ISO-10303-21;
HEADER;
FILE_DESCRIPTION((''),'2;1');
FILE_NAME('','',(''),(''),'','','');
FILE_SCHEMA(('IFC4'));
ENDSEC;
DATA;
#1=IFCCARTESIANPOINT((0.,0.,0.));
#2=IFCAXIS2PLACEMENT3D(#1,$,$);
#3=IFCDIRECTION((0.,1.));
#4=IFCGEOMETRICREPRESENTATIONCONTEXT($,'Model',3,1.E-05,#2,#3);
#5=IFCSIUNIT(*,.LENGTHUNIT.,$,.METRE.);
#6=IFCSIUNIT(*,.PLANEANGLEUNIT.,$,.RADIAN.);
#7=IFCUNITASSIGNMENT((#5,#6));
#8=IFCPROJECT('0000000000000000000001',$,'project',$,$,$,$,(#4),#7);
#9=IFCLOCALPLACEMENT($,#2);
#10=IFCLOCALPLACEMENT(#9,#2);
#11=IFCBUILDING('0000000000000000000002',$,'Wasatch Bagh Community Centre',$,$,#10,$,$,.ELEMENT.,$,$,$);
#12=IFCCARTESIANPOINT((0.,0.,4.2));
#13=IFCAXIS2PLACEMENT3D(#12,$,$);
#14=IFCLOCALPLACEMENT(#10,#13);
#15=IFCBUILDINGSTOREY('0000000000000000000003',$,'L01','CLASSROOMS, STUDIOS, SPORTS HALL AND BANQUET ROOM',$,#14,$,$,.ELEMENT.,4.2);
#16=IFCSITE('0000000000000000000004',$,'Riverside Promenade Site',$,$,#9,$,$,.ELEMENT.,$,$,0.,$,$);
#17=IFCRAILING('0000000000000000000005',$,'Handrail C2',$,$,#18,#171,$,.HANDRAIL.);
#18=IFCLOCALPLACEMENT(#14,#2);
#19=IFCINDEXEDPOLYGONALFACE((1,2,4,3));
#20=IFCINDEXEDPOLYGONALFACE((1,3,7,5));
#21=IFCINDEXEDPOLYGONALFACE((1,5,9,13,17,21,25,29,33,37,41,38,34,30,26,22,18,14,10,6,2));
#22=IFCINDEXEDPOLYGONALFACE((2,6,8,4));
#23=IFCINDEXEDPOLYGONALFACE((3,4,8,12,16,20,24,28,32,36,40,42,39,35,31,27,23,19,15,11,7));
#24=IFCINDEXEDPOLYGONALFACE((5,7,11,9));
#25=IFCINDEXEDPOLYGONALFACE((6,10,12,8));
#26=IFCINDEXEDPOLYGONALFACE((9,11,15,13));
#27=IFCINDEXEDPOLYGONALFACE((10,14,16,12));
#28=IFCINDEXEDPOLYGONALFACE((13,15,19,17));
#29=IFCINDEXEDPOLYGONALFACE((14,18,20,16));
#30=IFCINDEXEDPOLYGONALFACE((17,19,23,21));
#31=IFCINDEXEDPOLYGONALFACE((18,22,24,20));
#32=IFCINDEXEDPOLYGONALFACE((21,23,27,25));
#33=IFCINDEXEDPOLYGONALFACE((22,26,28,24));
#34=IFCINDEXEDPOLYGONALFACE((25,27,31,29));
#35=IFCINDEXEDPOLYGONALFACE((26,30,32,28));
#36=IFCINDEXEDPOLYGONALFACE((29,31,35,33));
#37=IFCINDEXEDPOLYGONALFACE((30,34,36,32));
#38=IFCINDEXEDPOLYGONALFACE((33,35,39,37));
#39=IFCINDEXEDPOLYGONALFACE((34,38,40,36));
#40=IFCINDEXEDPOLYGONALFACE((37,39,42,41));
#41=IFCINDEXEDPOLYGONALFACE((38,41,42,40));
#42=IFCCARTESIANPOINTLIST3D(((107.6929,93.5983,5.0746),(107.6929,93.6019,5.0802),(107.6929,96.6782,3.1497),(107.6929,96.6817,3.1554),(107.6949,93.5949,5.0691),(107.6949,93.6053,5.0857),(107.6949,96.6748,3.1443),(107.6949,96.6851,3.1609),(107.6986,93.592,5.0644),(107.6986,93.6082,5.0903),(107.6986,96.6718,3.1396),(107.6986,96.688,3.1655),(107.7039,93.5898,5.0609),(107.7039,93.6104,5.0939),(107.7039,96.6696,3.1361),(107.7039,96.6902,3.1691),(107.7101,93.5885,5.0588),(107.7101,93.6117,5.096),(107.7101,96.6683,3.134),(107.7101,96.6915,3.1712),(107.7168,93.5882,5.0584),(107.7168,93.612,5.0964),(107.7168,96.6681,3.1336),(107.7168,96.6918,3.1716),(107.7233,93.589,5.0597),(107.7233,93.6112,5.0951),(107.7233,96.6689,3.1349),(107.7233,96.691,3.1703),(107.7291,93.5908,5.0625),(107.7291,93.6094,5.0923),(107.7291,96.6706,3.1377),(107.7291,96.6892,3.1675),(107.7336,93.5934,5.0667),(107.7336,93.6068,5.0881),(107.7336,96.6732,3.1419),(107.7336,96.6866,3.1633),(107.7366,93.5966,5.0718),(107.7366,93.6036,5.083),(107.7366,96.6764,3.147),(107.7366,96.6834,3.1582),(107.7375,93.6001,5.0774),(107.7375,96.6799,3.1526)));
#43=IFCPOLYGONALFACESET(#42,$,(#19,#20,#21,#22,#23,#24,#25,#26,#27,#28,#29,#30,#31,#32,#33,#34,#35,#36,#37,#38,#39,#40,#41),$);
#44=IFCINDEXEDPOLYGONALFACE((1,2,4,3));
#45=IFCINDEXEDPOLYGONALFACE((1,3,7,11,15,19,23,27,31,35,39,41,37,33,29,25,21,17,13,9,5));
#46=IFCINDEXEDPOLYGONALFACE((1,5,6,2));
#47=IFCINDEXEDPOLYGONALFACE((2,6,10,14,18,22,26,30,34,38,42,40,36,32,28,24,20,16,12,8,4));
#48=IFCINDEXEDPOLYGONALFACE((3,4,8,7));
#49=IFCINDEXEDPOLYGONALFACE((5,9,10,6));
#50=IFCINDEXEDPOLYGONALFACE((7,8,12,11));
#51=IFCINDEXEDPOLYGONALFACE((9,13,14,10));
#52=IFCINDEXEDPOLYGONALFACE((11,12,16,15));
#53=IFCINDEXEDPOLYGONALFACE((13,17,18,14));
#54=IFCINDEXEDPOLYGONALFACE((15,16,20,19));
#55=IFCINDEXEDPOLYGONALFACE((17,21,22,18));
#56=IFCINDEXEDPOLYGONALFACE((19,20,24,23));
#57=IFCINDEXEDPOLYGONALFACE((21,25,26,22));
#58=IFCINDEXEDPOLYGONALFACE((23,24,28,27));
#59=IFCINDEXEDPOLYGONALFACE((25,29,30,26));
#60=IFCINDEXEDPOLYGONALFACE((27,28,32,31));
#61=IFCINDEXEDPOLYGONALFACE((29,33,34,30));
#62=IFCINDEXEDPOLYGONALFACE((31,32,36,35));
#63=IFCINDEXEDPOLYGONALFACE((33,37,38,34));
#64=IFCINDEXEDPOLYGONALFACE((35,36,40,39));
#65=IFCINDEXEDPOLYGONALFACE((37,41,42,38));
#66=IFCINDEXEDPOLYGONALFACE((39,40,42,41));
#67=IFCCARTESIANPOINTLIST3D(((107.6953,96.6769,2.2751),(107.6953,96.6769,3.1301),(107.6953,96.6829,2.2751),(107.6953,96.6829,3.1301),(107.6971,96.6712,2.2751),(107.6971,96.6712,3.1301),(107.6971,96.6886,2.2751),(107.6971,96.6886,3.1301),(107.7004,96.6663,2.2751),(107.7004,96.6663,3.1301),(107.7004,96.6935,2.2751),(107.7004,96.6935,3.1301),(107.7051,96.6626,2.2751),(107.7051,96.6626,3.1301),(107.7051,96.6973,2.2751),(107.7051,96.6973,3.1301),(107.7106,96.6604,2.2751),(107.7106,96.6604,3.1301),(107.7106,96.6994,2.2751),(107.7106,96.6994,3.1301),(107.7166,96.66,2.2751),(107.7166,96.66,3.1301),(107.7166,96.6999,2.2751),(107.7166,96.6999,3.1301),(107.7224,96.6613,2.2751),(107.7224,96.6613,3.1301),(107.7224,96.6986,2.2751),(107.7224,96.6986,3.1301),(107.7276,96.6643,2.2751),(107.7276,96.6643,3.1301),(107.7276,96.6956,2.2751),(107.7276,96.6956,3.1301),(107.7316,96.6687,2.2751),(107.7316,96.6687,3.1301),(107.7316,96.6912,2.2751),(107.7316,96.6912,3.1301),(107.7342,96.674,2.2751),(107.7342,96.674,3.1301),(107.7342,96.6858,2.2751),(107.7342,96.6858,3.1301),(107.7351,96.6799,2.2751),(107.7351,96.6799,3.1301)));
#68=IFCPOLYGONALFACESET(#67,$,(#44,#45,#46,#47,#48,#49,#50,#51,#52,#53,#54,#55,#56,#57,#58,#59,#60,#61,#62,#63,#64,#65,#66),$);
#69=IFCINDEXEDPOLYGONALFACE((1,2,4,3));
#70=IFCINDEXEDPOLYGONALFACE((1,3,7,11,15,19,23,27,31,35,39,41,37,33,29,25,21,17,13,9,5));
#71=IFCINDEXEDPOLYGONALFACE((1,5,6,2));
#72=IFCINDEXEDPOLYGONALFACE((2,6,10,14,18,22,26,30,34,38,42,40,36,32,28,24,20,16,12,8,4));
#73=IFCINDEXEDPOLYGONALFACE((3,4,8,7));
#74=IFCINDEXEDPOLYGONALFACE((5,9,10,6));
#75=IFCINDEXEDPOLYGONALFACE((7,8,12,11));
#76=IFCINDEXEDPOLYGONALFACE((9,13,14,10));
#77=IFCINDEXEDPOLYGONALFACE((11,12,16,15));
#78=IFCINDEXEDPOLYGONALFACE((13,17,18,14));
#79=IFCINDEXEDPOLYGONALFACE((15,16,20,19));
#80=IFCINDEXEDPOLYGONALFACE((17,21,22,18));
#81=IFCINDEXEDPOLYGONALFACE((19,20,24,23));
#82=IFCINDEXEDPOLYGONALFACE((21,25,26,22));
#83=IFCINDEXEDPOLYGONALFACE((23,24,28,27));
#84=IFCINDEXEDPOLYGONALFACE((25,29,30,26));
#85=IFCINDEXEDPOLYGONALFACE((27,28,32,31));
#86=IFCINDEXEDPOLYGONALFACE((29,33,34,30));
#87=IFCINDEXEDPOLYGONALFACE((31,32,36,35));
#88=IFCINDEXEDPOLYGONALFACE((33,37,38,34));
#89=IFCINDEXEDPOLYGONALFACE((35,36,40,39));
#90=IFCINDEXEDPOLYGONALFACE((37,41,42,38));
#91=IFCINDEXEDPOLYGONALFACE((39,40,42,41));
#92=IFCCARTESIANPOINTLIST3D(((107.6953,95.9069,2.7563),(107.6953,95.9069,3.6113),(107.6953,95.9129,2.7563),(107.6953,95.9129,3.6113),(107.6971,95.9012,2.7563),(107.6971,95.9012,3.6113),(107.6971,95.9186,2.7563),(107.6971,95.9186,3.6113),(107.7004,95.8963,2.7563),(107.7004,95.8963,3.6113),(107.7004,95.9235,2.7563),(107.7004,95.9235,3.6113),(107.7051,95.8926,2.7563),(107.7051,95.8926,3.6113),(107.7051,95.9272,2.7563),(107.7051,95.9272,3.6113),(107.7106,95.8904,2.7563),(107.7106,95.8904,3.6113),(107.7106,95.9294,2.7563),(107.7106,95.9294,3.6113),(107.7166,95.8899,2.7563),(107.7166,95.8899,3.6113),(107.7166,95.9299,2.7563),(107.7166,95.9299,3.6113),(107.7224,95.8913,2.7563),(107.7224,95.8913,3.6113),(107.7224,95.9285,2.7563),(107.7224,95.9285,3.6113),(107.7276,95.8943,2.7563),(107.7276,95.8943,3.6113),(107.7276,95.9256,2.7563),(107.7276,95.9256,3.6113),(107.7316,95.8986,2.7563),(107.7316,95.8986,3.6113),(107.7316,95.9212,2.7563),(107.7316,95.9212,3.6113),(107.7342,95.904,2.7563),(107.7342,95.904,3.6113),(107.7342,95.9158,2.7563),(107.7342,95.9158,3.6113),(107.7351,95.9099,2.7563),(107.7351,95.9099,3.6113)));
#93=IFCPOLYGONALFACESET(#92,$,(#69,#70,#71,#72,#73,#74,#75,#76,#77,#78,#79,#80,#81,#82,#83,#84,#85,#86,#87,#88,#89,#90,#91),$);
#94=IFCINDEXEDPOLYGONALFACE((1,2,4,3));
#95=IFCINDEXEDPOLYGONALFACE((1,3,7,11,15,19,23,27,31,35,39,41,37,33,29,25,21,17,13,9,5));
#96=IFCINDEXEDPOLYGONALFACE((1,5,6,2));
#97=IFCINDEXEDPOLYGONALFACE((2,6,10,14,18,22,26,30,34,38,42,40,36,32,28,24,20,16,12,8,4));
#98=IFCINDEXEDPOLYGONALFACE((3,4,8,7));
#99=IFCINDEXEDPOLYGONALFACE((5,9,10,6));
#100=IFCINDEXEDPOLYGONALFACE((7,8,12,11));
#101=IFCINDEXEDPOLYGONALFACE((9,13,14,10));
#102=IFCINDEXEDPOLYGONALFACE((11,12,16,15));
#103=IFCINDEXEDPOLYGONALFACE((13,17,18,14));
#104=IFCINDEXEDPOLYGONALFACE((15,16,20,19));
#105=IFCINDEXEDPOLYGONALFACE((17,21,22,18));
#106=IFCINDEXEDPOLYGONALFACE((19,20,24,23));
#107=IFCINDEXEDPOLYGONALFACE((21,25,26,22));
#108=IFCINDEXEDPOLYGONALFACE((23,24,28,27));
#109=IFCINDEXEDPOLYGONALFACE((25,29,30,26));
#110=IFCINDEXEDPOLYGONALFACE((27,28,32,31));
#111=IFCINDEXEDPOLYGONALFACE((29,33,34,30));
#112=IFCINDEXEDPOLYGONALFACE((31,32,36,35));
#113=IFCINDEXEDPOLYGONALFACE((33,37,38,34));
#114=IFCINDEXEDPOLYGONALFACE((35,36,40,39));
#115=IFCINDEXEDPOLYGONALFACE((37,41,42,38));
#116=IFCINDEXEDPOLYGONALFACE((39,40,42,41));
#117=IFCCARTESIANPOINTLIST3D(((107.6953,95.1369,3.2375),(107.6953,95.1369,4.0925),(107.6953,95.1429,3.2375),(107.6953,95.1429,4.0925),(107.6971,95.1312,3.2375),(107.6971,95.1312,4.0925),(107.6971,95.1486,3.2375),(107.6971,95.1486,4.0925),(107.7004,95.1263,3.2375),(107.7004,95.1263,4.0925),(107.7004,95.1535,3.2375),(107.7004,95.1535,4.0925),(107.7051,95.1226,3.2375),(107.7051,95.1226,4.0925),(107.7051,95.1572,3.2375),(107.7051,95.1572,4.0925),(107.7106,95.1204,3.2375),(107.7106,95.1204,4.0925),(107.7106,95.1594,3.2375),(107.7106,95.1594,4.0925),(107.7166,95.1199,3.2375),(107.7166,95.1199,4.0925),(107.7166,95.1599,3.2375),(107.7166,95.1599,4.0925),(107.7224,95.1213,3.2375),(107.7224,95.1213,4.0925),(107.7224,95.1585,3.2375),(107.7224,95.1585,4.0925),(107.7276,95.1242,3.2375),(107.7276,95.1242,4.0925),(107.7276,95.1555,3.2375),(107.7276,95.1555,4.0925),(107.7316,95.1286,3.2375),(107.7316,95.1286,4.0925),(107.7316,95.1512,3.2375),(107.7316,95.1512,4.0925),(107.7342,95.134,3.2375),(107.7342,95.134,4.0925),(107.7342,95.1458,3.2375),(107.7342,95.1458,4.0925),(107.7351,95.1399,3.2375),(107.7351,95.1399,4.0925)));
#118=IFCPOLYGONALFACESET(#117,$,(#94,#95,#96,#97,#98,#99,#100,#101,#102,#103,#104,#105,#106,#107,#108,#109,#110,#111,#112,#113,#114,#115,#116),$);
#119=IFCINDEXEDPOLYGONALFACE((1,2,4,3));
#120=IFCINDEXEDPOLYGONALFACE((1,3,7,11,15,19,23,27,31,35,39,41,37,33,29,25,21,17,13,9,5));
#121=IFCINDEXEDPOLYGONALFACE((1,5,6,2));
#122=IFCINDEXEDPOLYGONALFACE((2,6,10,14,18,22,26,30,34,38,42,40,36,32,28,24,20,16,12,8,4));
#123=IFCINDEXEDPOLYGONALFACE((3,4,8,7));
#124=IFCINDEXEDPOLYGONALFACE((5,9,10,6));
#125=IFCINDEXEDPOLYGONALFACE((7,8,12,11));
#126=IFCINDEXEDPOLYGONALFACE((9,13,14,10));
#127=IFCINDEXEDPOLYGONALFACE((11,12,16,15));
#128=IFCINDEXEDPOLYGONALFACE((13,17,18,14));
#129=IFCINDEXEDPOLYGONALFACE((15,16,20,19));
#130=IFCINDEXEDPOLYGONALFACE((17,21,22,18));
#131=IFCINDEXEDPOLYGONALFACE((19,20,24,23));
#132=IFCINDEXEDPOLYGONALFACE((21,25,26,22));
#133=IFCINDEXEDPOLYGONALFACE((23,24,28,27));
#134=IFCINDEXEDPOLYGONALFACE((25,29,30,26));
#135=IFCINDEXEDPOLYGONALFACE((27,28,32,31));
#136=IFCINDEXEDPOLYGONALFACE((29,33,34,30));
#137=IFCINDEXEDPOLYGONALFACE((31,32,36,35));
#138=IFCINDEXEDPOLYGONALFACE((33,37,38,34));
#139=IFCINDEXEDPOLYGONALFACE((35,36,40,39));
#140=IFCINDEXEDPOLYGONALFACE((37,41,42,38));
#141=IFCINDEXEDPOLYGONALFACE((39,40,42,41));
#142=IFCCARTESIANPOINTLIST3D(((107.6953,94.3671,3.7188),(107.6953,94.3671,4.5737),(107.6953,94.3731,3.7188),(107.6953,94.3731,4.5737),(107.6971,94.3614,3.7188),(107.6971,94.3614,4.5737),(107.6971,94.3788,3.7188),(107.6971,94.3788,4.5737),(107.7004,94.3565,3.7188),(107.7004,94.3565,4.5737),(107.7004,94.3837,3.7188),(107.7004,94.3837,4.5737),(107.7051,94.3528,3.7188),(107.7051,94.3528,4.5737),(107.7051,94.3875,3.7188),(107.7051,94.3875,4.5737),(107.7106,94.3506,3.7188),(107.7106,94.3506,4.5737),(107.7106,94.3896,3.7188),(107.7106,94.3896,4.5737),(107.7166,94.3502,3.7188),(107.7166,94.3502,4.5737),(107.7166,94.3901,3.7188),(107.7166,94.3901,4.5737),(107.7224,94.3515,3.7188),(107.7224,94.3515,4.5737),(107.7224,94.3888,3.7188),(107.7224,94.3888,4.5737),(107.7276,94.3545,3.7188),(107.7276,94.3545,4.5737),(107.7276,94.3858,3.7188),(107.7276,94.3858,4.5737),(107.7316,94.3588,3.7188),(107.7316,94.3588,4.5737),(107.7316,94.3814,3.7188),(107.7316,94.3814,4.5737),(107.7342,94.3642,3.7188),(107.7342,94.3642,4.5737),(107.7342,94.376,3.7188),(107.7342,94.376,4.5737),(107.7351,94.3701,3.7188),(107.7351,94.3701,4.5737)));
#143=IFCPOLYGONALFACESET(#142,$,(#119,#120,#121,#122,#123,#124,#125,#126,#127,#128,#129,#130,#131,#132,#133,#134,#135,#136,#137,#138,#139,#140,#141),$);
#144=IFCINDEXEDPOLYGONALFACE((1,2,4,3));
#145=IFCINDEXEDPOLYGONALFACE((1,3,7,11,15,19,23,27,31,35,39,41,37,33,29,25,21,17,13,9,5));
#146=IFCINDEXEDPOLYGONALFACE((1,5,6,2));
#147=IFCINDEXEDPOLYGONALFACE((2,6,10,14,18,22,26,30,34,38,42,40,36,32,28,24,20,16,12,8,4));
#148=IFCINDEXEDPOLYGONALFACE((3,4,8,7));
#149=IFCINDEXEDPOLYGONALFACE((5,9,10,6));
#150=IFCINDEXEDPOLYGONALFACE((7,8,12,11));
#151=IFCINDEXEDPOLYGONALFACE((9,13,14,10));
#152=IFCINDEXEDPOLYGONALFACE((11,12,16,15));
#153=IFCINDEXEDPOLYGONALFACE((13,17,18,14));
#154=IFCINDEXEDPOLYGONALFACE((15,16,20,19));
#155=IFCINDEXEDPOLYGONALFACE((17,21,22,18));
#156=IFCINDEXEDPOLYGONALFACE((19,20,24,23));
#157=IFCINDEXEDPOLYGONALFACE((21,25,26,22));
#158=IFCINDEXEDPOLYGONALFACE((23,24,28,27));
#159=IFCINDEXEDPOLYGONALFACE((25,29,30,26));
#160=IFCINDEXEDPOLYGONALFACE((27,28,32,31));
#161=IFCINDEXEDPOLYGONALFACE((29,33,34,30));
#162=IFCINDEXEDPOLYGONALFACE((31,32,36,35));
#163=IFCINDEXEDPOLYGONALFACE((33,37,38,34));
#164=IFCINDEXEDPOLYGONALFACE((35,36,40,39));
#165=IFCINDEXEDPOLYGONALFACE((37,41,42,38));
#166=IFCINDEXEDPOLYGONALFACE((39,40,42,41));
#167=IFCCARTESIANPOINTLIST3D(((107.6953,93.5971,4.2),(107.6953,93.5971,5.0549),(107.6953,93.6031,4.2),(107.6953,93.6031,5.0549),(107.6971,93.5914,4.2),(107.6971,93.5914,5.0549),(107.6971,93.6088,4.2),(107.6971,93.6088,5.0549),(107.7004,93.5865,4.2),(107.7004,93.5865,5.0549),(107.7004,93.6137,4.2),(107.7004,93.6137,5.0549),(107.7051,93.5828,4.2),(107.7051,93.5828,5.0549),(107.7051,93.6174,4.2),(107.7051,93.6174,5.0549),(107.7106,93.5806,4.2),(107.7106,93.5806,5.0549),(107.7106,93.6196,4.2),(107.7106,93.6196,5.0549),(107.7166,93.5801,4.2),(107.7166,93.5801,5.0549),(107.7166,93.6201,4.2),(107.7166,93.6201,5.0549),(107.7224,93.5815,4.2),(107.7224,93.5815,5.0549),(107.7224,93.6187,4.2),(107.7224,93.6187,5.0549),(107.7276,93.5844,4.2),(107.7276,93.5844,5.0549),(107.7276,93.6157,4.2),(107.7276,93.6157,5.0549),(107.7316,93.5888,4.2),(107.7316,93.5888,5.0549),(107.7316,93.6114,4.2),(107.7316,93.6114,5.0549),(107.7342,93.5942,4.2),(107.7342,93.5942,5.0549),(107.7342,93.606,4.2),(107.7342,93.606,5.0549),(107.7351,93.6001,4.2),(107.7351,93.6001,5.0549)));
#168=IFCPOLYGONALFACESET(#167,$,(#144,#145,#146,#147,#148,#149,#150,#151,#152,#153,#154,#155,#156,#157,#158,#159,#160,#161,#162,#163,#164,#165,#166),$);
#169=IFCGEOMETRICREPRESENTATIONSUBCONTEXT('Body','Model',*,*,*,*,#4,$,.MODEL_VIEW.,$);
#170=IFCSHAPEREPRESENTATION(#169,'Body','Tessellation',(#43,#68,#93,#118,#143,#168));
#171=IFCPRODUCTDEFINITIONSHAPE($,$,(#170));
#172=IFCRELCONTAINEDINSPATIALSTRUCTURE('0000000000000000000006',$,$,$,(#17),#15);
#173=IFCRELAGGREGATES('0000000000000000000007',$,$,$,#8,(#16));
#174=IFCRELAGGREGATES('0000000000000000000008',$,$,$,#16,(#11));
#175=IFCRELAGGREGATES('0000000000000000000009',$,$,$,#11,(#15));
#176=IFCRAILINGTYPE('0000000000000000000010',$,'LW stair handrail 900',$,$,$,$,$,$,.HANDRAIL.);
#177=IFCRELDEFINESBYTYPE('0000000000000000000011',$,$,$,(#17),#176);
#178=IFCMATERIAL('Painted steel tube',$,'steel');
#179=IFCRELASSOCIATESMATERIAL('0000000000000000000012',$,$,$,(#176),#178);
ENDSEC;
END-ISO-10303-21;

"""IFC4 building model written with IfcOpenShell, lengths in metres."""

from ifc_helpers import new_model, si_unit, direction, frame, origin, origin_2d, place, context, subcontext, project, spatial, circle, extrude, material, type_object, element, save


model = new_model("IFC4")

# Units and contexts
model_context = context("Model", 3, precision=1e-05, world=origin(), true_north=direction((0.0, 1.0)))
body_context = subcontext(model_context, "Body", "Model", "MODEL_VIEW")
ifc_project = project(units=[si_unit("LENGTHUNIT", "METRE"), si_unit("PLANEANGLEUNIT", "RADIAN")], contexts=[model_context])

# Site, building, storey
site_placement = place(None, origin())
site = spatial("IfcSite", under=ifc_project, at=site_placement, Name="Riverside Promenade Site", CompositionType="ELEMENT", RefElevation=0.0)
building_placement = place(site_placement, origin())
building = spatial("IfcBuilding", under=site, at=building_placement, Name="Wasatch Bagh Community Centre", CompositionType="ELEMENT")
storey_placement = place(building_placement, frame((0.0, 0.0, 4.2)))
storey = spatial("IfcBuildingStorey", under=building, at=storey_placement, Name="L01", Description="CLASSROOMS, STUDIOS, SPORTS HALL AND BANQUET ROOM", CompositionType="ELEMENT", Elevation=4.2)

# Railing
ifc_material_1 = material(Name="Painted steel tube", Category="steel")
railing_type_1 = type_object("IfcRailingType", Name="LW stair handrail 900", PredefinedType="HANDRAIL", material=ifc_material_1)
for number, where, name in (
    (1, (107.7151, 96.6799, 2.2751), "Handrail C2"),
):
    element("IfcRailing", number, at=place(storey_placement, frame(where)), inside=storey, type_object=railing_type_1, Name=name, PredefinedType="HANDRAIL", context=body_context, shape_type="SweptSolid", body=[
        extrude(circle(Radius=0.0225, at=origin_2d()), frame((0.0, 0.0, 0.8774), z_axis=(0.0, -0.84801, 0.529981), x_axis=(1.0, 0.0, 0.0)), (0.0, 0.0, 1.0), 3.6318),
        extrude(circle(Radius=0.02, at=origin_2d()), origin(), (0.0, 0.0, 1.0), 0.855),
        extrude(circle(Radius=0.02, at=origin_2d()), frame((0.0, -0.77, 0.4812)), (0.0, 0.0, 1.0), 0.855),
        extrude(circle(Radius=0.02, at=origin_2d()), frame((0.0, -1.54, 0.9624)), (0.0, 0.0, 1.0), 0.855),
        extrude(circle(Radius=0.02, at=origin_2d()), frame((0.0, -2.3098, 1.4436)), (0.0, 0.0, 1.0), 0.855),
        extrude(circle(Radius=0.02, at=origin_2d()), frame((0.0, -3.0798, 1.9248)), (0.0, 0.0, 1.0), 0.855),
    ])

save(model, "model.ifc")
